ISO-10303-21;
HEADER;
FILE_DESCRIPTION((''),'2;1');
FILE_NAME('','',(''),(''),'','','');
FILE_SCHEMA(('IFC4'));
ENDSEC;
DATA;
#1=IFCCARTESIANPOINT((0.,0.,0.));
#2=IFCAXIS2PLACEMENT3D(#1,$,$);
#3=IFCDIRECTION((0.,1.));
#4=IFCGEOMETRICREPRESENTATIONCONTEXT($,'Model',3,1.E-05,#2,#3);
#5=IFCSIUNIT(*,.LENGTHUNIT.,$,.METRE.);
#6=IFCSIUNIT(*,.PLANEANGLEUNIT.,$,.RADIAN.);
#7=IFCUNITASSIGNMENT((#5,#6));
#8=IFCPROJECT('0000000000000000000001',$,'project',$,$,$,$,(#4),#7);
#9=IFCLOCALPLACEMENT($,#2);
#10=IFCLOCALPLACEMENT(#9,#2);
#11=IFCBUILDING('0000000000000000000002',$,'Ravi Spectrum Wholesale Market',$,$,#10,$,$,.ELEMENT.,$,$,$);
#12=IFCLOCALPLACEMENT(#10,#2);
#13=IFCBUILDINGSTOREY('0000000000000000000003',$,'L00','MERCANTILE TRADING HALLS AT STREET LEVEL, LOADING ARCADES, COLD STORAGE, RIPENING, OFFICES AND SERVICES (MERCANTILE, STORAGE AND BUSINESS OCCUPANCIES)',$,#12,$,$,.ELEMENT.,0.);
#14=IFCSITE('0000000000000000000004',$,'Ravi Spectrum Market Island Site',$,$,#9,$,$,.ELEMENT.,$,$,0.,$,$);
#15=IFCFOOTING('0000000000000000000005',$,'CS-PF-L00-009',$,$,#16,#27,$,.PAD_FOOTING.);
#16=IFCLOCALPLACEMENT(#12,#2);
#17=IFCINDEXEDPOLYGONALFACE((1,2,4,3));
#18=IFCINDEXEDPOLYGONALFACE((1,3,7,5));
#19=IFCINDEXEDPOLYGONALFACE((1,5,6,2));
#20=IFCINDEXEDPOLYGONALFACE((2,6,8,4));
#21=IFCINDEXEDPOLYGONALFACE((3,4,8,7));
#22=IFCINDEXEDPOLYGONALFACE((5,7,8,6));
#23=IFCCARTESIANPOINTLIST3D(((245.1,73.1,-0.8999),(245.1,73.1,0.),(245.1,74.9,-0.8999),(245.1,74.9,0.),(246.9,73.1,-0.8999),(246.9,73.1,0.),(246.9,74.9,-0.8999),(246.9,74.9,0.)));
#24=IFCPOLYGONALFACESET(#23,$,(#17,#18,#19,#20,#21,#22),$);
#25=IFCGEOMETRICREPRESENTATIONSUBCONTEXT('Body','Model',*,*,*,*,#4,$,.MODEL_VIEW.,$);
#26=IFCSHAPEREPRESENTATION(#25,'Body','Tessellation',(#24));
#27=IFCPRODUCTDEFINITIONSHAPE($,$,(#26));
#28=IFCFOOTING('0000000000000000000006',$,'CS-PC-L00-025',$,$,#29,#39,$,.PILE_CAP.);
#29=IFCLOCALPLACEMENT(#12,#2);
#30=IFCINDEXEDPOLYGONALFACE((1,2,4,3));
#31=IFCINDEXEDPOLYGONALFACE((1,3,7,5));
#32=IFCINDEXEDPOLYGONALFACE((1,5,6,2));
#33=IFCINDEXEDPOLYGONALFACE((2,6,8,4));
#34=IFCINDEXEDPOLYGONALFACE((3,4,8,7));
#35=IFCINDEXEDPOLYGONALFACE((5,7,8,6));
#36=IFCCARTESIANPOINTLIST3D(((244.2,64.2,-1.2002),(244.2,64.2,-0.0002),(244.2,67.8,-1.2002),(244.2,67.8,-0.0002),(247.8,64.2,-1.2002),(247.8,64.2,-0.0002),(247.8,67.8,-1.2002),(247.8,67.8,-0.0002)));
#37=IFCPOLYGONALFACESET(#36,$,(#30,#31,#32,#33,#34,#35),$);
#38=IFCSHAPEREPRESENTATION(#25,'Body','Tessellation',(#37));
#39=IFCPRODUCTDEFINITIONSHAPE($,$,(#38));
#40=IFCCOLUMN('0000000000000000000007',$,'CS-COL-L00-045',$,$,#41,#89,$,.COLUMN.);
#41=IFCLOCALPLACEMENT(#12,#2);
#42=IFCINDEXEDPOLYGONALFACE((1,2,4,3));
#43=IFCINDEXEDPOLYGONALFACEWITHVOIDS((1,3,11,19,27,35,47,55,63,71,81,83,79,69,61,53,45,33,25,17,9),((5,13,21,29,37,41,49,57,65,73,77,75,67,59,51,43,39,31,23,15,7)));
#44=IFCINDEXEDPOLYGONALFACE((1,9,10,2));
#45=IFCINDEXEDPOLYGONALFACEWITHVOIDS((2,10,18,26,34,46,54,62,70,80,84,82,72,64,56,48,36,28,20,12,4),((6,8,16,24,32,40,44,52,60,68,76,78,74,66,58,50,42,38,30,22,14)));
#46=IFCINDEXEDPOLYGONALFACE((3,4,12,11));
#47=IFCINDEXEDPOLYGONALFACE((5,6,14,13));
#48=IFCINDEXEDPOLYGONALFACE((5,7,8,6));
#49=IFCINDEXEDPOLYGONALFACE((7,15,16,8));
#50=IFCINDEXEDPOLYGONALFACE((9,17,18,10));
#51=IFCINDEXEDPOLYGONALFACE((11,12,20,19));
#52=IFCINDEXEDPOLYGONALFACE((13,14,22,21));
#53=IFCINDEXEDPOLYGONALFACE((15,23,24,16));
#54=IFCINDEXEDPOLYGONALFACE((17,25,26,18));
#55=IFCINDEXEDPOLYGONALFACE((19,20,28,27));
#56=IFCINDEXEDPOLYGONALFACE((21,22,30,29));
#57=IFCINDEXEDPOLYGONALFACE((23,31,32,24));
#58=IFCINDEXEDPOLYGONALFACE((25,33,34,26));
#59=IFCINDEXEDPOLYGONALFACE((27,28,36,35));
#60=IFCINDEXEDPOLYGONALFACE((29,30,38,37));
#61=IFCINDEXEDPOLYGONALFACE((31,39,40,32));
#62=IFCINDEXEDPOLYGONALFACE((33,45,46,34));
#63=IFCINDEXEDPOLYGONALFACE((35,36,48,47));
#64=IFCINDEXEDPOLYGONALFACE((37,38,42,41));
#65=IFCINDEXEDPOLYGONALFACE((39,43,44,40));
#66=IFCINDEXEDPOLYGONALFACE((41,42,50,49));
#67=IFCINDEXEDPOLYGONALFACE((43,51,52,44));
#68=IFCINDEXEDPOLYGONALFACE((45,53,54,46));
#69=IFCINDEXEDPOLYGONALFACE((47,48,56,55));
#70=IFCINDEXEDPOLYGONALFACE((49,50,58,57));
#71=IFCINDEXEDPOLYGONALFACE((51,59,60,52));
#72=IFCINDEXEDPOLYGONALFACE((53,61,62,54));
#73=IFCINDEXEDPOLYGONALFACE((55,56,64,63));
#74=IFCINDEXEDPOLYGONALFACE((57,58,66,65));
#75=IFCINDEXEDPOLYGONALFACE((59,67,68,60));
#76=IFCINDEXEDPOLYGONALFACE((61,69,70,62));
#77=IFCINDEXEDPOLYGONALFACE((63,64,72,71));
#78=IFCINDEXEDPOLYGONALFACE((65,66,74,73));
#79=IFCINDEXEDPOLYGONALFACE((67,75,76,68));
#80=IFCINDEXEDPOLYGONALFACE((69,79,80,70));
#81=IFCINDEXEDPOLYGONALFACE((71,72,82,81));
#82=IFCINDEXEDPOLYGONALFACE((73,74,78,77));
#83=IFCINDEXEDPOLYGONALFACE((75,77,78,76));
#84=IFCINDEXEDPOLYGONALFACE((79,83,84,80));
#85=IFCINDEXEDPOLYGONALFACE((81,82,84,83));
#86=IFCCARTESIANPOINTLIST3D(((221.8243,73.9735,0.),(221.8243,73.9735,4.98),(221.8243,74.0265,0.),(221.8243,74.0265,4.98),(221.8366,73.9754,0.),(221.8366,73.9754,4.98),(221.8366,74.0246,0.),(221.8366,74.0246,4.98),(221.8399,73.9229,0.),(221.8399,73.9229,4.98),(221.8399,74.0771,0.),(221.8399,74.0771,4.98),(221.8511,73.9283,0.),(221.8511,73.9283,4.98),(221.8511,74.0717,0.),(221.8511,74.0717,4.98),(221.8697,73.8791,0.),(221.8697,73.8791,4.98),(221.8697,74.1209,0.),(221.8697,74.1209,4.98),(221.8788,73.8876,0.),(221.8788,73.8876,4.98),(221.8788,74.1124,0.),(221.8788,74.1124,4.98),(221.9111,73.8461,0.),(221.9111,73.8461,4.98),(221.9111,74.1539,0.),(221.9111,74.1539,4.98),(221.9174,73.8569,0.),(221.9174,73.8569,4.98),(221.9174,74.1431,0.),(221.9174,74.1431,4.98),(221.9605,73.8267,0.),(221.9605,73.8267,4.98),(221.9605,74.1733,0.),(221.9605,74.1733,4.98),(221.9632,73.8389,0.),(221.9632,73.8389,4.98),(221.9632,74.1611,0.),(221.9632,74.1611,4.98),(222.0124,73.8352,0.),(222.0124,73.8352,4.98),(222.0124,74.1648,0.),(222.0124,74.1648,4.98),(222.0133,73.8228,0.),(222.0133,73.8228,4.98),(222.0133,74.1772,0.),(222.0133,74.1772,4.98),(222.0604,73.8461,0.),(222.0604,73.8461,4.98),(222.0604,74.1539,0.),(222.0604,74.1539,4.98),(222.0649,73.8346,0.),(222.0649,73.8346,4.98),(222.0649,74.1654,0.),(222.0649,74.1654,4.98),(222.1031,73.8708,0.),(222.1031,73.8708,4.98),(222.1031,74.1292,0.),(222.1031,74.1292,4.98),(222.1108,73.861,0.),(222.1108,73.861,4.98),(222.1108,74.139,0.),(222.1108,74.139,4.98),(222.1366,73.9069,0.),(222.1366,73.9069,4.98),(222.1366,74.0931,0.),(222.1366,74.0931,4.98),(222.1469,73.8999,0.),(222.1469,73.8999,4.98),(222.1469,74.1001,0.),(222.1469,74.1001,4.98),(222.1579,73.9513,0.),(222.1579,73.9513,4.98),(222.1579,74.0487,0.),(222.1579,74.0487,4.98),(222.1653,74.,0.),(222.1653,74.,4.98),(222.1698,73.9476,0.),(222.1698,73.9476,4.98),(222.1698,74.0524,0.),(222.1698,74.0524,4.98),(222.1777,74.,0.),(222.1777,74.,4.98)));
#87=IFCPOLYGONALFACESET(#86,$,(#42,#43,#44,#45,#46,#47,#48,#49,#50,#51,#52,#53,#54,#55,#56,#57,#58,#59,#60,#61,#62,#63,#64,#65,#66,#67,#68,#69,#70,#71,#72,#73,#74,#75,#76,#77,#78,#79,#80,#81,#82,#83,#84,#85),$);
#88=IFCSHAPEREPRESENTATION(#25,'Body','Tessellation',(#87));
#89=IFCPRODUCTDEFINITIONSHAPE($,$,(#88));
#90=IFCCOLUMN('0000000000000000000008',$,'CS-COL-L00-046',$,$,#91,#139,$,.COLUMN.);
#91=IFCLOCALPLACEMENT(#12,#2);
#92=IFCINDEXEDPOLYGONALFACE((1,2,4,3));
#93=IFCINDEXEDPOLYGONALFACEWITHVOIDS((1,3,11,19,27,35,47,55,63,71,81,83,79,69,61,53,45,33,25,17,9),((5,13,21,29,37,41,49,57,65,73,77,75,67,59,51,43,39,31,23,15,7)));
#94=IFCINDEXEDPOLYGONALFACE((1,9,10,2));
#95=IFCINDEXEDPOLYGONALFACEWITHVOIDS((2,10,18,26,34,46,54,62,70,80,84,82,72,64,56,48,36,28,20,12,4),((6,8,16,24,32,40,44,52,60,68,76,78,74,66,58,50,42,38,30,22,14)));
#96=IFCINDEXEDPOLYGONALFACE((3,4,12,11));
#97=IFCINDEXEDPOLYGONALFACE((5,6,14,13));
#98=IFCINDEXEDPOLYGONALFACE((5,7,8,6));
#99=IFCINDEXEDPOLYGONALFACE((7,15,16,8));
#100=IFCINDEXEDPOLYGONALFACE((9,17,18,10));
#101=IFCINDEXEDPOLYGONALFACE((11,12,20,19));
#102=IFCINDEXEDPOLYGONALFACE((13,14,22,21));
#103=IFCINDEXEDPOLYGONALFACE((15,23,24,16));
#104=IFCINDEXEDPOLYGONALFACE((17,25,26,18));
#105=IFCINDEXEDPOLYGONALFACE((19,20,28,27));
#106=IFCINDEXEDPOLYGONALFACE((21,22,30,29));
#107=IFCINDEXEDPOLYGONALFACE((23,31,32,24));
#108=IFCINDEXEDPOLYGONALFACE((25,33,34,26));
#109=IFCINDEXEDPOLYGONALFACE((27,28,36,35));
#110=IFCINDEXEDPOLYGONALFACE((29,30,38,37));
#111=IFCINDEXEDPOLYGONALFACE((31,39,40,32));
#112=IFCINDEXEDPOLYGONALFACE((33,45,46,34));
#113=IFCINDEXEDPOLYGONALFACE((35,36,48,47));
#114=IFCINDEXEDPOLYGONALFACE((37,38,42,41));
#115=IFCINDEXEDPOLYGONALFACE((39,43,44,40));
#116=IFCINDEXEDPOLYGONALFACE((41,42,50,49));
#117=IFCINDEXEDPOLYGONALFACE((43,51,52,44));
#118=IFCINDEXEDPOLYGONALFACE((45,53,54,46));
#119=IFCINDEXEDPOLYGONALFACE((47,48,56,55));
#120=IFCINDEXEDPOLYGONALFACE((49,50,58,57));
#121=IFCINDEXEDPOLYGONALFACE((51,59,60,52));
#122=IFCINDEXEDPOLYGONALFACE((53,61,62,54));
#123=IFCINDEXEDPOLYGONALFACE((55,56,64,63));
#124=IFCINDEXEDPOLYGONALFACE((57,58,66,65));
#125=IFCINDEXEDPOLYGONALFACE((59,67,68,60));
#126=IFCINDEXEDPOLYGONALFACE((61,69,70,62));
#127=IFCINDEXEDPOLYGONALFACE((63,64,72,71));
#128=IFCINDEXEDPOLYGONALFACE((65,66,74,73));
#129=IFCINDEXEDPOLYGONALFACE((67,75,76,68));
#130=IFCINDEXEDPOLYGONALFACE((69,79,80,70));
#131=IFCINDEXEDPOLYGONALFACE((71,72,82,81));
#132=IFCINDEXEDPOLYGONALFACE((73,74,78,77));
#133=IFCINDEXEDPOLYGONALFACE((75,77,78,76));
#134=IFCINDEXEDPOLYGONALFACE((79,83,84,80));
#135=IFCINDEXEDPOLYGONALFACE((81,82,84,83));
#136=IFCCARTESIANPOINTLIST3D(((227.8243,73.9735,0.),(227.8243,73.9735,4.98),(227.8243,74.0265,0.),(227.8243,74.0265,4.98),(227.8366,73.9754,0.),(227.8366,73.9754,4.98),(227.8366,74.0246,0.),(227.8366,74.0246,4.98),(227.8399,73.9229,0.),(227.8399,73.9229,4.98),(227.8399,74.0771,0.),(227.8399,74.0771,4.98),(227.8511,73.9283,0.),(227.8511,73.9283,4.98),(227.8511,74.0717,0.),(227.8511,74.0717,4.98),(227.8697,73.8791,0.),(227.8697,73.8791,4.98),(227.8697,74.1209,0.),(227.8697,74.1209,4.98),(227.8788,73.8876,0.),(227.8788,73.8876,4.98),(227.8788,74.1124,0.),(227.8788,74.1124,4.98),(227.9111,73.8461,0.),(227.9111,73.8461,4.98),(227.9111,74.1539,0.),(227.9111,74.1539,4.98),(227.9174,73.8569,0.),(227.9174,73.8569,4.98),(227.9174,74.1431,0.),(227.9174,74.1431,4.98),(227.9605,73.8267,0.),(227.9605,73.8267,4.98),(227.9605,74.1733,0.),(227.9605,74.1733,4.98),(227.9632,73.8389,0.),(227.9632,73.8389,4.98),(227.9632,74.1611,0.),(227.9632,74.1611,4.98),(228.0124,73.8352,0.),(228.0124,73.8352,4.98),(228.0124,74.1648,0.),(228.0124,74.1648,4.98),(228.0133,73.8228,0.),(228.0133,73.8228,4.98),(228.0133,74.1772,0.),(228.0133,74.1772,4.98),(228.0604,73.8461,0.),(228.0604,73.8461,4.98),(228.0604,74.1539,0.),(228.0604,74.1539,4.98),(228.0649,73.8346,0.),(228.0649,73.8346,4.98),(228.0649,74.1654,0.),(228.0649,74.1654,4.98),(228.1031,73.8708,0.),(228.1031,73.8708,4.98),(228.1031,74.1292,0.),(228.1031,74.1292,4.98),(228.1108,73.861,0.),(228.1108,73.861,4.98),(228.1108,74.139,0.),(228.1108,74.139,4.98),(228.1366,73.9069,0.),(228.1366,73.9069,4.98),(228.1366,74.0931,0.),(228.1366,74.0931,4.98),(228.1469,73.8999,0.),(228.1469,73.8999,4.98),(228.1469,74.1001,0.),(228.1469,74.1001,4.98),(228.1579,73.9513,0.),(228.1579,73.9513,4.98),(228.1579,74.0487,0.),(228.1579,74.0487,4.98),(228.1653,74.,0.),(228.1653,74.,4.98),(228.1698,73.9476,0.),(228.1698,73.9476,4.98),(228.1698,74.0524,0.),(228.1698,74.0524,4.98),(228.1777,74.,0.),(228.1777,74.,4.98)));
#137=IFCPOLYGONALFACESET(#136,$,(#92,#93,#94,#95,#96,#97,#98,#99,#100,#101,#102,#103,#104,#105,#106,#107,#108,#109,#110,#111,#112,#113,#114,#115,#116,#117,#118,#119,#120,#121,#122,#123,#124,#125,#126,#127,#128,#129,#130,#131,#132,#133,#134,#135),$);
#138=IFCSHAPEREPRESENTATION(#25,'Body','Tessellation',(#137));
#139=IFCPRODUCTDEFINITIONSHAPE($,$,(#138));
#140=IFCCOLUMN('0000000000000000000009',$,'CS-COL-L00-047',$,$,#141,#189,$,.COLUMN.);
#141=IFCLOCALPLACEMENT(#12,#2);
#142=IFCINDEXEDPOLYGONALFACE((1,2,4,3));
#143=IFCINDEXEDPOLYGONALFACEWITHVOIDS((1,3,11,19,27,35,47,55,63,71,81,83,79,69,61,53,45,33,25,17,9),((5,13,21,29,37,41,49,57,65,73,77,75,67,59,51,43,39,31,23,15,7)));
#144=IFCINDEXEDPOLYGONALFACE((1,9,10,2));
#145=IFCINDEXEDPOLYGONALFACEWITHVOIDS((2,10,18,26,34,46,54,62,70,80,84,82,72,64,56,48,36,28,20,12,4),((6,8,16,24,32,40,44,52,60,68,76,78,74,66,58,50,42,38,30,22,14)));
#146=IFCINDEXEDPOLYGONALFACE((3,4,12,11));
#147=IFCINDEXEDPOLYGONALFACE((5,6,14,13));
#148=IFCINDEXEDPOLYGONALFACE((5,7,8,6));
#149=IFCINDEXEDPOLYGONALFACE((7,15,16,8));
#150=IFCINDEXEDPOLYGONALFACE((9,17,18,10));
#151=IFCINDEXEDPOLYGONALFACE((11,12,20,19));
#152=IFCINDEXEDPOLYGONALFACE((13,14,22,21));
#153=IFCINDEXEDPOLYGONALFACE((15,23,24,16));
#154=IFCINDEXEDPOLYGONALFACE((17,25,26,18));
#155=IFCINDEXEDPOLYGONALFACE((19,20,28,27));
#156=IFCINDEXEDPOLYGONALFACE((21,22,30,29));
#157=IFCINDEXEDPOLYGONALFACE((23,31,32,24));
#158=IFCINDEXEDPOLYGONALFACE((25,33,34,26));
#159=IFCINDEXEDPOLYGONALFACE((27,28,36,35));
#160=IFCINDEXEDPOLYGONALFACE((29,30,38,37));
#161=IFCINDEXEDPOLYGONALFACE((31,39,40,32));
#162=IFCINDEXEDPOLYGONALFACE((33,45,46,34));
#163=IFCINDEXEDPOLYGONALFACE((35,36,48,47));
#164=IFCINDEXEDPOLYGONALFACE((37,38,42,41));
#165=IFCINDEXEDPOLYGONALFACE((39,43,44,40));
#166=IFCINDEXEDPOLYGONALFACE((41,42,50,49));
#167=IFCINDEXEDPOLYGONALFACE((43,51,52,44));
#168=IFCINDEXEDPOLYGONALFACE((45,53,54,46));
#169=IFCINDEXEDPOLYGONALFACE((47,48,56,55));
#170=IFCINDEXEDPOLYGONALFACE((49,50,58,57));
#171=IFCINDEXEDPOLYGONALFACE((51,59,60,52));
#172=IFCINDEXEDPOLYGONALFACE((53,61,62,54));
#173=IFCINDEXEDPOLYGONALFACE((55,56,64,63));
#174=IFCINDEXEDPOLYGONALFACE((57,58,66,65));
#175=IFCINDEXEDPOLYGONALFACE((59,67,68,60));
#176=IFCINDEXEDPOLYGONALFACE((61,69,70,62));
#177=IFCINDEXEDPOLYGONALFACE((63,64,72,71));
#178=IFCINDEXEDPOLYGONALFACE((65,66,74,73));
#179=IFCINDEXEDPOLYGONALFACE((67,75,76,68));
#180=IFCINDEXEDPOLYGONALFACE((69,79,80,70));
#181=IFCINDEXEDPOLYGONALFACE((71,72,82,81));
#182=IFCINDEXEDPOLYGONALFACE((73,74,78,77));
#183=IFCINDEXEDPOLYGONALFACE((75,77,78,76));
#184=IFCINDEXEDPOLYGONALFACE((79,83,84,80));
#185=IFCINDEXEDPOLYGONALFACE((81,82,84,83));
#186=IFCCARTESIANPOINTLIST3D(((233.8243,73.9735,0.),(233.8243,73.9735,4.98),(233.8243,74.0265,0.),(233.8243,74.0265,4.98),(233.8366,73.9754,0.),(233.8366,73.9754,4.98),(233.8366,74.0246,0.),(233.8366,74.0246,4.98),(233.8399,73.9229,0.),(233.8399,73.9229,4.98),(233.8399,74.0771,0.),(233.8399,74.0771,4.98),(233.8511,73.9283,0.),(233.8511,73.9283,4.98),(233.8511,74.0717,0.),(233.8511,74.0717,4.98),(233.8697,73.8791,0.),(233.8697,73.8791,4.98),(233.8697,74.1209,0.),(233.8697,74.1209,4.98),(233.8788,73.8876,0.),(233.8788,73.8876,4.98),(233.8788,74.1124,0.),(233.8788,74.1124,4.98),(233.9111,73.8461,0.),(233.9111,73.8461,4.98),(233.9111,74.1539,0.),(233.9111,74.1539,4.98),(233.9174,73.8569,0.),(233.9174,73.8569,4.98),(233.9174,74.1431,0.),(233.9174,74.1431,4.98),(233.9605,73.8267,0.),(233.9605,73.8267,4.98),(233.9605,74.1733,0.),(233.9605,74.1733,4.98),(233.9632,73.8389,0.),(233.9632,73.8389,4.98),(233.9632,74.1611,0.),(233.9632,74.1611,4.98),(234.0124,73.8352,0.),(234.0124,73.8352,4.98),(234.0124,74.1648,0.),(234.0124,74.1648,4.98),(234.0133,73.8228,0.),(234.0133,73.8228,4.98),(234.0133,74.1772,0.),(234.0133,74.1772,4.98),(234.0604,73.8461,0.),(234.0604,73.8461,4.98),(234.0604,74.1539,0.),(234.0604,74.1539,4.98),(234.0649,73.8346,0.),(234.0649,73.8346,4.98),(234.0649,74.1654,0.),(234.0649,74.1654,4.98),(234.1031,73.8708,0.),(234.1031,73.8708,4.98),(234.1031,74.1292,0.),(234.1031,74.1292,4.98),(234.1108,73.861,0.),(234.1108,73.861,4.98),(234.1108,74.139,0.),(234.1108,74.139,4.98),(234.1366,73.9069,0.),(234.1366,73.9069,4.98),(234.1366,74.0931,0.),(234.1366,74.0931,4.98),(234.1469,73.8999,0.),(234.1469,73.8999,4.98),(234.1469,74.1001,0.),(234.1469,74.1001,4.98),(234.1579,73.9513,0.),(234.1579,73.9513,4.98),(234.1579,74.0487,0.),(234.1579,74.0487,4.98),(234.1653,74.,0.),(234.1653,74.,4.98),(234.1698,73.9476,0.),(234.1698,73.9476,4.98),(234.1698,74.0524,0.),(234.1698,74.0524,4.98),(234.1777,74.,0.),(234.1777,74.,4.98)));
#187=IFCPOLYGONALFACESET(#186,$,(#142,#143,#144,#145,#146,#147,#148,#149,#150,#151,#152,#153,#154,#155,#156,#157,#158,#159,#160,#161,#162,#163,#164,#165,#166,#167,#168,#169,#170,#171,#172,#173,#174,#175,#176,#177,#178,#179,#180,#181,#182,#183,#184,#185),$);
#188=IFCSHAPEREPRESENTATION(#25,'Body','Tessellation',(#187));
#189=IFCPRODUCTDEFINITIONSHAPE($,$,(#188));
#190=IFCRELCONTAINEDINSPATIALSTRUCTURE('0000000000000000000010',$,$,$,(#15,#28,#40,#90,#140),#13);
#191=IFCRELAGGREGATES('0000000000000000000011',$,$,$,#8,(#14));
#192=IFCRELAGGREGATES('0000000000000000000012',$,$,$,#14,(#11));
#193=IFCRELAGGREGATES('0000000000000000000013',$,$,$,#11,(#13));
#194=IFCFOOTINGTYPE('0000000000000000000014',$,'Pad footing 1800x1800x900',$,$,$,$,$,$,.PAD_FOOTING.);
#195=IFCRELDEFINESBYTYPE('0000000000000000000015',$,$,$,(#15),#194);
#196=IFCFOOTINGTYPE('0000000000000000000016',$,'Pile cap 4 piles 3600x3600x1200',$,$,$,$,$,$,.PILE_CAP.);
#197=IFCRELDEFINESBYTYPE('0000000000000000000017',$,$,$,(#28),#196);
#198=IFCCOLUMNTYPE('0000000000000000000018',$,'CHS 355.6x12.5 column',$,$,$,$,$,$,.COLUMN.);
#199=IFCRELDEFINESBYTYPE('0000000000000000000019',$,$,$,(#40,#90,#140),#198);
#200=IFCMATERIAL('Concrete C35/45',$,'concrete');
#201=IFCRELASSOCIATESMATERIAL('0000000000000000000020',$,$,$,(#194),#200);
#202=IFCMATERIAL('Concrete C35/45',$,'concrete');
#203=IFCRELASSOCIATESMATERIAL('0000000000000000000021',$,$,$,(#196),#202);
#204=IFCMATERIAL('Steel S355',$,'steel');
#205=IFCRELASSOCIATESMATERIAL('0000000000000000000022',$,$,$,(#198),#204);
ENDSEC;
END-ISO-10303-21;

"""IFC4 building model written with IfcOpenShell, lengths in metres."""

from ifc_helpers import new_model, si_unit, direction, frame, origin, origin_2d, place, context, subcontext, project, spatial, rectangle, hollow_circle, extrude, material, material_profile, profile_set, type_object, element, save


model = new_model("IFC4")

# Units and contexts
model_context = context("Model", 3, precision=1e-05, world=origin(), true_north=direction((0.0, 1.0)))
body_context = subcontext(model_context, "Body", "Model", "MODEL_VIEW")
ifc_project = project(units=[si_unit("LENGTHUNIT", "METRE"), si_unit("PLANEANGLEUNIT", "RADIAN")], contexts=[model_context])

# Site, building, storey
site_placement = place(None, origin())
site = spatial("IfcSite", under=ifc_project, at=site_placement, Name="Ravi Spectrum Market Island Site", CompositionType="ELEMENT", RefElevation=0.0)
building_placement = place(site_placement, origin())
building = spatial("IfcBuilding", under=site, at=building_placement, Name="Ravi Spectrum Wholesale Market", CompositionType="ELEMENT")
storey_placement = place(building_placement, origin())
storey = spatial("IfcBuildingStorey", under=building, at=storey_placement, Name="L00", Description="MERCANTILE TRADING HALLS AT STREET LEVEL, LOADING ARCADES, COLD STORAGE, RIPENING, OFFICES AND SERVICES (MERCANTILE, STORAGE AND BUSINESS OCCUPANCIES)", CompositionType="ELEMENT", Elevation=0.0)

# Footings
ifc_material_1 = material(Name="Concrete C35/45", Category="concrete")
footing_type_1 = type_object("IfcFootingType", Name="Pad footing 1800x1800x900", PredefinedType="PAD_FOOTING", material=ifc_material_1)
for number, where, z_axis, x_axis, name in (
    (1, (246.0, 74.0, -0.8999), (0.0, 0.0, 1.0), (1.0, 0.0, 0.0), "CS-PF-L00-009"),
):
    element("IfcFooting", number, at=place(storey_placement, frame(where, z_axis=z_axis, x_axis=x_axis)), inside=storey, type_object=footing_type_1, Name=name, PredefinedType="PAD_FOOTING", context=body_context, shape_type="SweptSolid", body=[
        extrude(rectangle(XDim=1.8, YDim=1.8, at=origin_2d()), origin(), (0.0, 0.0, 1.0), 0.8999),
    ])
ifc_material_2 = material(Name="Concrete C35/45", Category="concrete")
footing_type_2 = type_object("IfcFootingType", Name="Pile cap 4 piles 3600x3600x1200", PredefinedType="PILE_CAP", material=ifc_material_2)
footing_placement = place(storey_placement, frame((246.0, 66.0, -1.2002), z_axis=(0.0, 0.0, 1.0), x_axis=(1.0, 0.0, 0.0)))
element("IfcFooting", 2, at=footing_placement, inside=storey, type_object=footing_type_2, Name="CS-PC-L00-025", PredefinedType="PILE_CAP", context=body_context, shape_type="SweptSolid", body=[
    extrude(rectangle(XDim=3.6001, YDim=3.6001, at=origin_2d()), origin(), (0.0, 0.0, 1.0), 1.2),
])

# Columns
ifc_material_3 = material(Name="Steel S355", Category="steel")
ifc_material_profile_1 = material_profile(ifc_material_3, hollow_circle(Radius=0.1777, WallThickness=0.0125, at=origin_2d()))
ifc_profile_set_1 = profile_set([ifc_material_profile_1], Name="Steel S355")
column_type_1 = type_object("IfcColumnType", Name="CHS 355.6x12.5 column", PredefinedType="COLUMN", material=ifc_profile_set_1)
for number, where, z_axis, x_axis, name in (
    (3, (222.0, 74.0, 0.0), (0.0, 0.0, 1.0), (1.0, 0.0, 0.0), "CS-COL-L00-045"),
    (4, (228.0, 74.0, 0.0), (0.0, 0.0, 1.0), (1.0, 0.0, 0.0), "CS-COL-L00-046"),
    (5, (234.0, 74.0, 0.0), (0.0, 0.0, 1.0), (1.0, 0.0, 0.0), "CS-COL-L00-047"),
):
    element("IfcColumn", number, at=place(storey_placement, frame(where, z_axis=z_axis, x_axis=x_axis)), inside=storey, type_object=column_type_1, Name=name, PredefinedType="COLUMN", context=body_context, shape_type="SweptSolid", body=[
        extrude(hollow_circle(Radius=0.1777, WallThickness=0.0125, at=origin_2d()), origin(), (0.0, 0.0, 1.0), 4.98),
    ])

save(model, "model.ifc")
